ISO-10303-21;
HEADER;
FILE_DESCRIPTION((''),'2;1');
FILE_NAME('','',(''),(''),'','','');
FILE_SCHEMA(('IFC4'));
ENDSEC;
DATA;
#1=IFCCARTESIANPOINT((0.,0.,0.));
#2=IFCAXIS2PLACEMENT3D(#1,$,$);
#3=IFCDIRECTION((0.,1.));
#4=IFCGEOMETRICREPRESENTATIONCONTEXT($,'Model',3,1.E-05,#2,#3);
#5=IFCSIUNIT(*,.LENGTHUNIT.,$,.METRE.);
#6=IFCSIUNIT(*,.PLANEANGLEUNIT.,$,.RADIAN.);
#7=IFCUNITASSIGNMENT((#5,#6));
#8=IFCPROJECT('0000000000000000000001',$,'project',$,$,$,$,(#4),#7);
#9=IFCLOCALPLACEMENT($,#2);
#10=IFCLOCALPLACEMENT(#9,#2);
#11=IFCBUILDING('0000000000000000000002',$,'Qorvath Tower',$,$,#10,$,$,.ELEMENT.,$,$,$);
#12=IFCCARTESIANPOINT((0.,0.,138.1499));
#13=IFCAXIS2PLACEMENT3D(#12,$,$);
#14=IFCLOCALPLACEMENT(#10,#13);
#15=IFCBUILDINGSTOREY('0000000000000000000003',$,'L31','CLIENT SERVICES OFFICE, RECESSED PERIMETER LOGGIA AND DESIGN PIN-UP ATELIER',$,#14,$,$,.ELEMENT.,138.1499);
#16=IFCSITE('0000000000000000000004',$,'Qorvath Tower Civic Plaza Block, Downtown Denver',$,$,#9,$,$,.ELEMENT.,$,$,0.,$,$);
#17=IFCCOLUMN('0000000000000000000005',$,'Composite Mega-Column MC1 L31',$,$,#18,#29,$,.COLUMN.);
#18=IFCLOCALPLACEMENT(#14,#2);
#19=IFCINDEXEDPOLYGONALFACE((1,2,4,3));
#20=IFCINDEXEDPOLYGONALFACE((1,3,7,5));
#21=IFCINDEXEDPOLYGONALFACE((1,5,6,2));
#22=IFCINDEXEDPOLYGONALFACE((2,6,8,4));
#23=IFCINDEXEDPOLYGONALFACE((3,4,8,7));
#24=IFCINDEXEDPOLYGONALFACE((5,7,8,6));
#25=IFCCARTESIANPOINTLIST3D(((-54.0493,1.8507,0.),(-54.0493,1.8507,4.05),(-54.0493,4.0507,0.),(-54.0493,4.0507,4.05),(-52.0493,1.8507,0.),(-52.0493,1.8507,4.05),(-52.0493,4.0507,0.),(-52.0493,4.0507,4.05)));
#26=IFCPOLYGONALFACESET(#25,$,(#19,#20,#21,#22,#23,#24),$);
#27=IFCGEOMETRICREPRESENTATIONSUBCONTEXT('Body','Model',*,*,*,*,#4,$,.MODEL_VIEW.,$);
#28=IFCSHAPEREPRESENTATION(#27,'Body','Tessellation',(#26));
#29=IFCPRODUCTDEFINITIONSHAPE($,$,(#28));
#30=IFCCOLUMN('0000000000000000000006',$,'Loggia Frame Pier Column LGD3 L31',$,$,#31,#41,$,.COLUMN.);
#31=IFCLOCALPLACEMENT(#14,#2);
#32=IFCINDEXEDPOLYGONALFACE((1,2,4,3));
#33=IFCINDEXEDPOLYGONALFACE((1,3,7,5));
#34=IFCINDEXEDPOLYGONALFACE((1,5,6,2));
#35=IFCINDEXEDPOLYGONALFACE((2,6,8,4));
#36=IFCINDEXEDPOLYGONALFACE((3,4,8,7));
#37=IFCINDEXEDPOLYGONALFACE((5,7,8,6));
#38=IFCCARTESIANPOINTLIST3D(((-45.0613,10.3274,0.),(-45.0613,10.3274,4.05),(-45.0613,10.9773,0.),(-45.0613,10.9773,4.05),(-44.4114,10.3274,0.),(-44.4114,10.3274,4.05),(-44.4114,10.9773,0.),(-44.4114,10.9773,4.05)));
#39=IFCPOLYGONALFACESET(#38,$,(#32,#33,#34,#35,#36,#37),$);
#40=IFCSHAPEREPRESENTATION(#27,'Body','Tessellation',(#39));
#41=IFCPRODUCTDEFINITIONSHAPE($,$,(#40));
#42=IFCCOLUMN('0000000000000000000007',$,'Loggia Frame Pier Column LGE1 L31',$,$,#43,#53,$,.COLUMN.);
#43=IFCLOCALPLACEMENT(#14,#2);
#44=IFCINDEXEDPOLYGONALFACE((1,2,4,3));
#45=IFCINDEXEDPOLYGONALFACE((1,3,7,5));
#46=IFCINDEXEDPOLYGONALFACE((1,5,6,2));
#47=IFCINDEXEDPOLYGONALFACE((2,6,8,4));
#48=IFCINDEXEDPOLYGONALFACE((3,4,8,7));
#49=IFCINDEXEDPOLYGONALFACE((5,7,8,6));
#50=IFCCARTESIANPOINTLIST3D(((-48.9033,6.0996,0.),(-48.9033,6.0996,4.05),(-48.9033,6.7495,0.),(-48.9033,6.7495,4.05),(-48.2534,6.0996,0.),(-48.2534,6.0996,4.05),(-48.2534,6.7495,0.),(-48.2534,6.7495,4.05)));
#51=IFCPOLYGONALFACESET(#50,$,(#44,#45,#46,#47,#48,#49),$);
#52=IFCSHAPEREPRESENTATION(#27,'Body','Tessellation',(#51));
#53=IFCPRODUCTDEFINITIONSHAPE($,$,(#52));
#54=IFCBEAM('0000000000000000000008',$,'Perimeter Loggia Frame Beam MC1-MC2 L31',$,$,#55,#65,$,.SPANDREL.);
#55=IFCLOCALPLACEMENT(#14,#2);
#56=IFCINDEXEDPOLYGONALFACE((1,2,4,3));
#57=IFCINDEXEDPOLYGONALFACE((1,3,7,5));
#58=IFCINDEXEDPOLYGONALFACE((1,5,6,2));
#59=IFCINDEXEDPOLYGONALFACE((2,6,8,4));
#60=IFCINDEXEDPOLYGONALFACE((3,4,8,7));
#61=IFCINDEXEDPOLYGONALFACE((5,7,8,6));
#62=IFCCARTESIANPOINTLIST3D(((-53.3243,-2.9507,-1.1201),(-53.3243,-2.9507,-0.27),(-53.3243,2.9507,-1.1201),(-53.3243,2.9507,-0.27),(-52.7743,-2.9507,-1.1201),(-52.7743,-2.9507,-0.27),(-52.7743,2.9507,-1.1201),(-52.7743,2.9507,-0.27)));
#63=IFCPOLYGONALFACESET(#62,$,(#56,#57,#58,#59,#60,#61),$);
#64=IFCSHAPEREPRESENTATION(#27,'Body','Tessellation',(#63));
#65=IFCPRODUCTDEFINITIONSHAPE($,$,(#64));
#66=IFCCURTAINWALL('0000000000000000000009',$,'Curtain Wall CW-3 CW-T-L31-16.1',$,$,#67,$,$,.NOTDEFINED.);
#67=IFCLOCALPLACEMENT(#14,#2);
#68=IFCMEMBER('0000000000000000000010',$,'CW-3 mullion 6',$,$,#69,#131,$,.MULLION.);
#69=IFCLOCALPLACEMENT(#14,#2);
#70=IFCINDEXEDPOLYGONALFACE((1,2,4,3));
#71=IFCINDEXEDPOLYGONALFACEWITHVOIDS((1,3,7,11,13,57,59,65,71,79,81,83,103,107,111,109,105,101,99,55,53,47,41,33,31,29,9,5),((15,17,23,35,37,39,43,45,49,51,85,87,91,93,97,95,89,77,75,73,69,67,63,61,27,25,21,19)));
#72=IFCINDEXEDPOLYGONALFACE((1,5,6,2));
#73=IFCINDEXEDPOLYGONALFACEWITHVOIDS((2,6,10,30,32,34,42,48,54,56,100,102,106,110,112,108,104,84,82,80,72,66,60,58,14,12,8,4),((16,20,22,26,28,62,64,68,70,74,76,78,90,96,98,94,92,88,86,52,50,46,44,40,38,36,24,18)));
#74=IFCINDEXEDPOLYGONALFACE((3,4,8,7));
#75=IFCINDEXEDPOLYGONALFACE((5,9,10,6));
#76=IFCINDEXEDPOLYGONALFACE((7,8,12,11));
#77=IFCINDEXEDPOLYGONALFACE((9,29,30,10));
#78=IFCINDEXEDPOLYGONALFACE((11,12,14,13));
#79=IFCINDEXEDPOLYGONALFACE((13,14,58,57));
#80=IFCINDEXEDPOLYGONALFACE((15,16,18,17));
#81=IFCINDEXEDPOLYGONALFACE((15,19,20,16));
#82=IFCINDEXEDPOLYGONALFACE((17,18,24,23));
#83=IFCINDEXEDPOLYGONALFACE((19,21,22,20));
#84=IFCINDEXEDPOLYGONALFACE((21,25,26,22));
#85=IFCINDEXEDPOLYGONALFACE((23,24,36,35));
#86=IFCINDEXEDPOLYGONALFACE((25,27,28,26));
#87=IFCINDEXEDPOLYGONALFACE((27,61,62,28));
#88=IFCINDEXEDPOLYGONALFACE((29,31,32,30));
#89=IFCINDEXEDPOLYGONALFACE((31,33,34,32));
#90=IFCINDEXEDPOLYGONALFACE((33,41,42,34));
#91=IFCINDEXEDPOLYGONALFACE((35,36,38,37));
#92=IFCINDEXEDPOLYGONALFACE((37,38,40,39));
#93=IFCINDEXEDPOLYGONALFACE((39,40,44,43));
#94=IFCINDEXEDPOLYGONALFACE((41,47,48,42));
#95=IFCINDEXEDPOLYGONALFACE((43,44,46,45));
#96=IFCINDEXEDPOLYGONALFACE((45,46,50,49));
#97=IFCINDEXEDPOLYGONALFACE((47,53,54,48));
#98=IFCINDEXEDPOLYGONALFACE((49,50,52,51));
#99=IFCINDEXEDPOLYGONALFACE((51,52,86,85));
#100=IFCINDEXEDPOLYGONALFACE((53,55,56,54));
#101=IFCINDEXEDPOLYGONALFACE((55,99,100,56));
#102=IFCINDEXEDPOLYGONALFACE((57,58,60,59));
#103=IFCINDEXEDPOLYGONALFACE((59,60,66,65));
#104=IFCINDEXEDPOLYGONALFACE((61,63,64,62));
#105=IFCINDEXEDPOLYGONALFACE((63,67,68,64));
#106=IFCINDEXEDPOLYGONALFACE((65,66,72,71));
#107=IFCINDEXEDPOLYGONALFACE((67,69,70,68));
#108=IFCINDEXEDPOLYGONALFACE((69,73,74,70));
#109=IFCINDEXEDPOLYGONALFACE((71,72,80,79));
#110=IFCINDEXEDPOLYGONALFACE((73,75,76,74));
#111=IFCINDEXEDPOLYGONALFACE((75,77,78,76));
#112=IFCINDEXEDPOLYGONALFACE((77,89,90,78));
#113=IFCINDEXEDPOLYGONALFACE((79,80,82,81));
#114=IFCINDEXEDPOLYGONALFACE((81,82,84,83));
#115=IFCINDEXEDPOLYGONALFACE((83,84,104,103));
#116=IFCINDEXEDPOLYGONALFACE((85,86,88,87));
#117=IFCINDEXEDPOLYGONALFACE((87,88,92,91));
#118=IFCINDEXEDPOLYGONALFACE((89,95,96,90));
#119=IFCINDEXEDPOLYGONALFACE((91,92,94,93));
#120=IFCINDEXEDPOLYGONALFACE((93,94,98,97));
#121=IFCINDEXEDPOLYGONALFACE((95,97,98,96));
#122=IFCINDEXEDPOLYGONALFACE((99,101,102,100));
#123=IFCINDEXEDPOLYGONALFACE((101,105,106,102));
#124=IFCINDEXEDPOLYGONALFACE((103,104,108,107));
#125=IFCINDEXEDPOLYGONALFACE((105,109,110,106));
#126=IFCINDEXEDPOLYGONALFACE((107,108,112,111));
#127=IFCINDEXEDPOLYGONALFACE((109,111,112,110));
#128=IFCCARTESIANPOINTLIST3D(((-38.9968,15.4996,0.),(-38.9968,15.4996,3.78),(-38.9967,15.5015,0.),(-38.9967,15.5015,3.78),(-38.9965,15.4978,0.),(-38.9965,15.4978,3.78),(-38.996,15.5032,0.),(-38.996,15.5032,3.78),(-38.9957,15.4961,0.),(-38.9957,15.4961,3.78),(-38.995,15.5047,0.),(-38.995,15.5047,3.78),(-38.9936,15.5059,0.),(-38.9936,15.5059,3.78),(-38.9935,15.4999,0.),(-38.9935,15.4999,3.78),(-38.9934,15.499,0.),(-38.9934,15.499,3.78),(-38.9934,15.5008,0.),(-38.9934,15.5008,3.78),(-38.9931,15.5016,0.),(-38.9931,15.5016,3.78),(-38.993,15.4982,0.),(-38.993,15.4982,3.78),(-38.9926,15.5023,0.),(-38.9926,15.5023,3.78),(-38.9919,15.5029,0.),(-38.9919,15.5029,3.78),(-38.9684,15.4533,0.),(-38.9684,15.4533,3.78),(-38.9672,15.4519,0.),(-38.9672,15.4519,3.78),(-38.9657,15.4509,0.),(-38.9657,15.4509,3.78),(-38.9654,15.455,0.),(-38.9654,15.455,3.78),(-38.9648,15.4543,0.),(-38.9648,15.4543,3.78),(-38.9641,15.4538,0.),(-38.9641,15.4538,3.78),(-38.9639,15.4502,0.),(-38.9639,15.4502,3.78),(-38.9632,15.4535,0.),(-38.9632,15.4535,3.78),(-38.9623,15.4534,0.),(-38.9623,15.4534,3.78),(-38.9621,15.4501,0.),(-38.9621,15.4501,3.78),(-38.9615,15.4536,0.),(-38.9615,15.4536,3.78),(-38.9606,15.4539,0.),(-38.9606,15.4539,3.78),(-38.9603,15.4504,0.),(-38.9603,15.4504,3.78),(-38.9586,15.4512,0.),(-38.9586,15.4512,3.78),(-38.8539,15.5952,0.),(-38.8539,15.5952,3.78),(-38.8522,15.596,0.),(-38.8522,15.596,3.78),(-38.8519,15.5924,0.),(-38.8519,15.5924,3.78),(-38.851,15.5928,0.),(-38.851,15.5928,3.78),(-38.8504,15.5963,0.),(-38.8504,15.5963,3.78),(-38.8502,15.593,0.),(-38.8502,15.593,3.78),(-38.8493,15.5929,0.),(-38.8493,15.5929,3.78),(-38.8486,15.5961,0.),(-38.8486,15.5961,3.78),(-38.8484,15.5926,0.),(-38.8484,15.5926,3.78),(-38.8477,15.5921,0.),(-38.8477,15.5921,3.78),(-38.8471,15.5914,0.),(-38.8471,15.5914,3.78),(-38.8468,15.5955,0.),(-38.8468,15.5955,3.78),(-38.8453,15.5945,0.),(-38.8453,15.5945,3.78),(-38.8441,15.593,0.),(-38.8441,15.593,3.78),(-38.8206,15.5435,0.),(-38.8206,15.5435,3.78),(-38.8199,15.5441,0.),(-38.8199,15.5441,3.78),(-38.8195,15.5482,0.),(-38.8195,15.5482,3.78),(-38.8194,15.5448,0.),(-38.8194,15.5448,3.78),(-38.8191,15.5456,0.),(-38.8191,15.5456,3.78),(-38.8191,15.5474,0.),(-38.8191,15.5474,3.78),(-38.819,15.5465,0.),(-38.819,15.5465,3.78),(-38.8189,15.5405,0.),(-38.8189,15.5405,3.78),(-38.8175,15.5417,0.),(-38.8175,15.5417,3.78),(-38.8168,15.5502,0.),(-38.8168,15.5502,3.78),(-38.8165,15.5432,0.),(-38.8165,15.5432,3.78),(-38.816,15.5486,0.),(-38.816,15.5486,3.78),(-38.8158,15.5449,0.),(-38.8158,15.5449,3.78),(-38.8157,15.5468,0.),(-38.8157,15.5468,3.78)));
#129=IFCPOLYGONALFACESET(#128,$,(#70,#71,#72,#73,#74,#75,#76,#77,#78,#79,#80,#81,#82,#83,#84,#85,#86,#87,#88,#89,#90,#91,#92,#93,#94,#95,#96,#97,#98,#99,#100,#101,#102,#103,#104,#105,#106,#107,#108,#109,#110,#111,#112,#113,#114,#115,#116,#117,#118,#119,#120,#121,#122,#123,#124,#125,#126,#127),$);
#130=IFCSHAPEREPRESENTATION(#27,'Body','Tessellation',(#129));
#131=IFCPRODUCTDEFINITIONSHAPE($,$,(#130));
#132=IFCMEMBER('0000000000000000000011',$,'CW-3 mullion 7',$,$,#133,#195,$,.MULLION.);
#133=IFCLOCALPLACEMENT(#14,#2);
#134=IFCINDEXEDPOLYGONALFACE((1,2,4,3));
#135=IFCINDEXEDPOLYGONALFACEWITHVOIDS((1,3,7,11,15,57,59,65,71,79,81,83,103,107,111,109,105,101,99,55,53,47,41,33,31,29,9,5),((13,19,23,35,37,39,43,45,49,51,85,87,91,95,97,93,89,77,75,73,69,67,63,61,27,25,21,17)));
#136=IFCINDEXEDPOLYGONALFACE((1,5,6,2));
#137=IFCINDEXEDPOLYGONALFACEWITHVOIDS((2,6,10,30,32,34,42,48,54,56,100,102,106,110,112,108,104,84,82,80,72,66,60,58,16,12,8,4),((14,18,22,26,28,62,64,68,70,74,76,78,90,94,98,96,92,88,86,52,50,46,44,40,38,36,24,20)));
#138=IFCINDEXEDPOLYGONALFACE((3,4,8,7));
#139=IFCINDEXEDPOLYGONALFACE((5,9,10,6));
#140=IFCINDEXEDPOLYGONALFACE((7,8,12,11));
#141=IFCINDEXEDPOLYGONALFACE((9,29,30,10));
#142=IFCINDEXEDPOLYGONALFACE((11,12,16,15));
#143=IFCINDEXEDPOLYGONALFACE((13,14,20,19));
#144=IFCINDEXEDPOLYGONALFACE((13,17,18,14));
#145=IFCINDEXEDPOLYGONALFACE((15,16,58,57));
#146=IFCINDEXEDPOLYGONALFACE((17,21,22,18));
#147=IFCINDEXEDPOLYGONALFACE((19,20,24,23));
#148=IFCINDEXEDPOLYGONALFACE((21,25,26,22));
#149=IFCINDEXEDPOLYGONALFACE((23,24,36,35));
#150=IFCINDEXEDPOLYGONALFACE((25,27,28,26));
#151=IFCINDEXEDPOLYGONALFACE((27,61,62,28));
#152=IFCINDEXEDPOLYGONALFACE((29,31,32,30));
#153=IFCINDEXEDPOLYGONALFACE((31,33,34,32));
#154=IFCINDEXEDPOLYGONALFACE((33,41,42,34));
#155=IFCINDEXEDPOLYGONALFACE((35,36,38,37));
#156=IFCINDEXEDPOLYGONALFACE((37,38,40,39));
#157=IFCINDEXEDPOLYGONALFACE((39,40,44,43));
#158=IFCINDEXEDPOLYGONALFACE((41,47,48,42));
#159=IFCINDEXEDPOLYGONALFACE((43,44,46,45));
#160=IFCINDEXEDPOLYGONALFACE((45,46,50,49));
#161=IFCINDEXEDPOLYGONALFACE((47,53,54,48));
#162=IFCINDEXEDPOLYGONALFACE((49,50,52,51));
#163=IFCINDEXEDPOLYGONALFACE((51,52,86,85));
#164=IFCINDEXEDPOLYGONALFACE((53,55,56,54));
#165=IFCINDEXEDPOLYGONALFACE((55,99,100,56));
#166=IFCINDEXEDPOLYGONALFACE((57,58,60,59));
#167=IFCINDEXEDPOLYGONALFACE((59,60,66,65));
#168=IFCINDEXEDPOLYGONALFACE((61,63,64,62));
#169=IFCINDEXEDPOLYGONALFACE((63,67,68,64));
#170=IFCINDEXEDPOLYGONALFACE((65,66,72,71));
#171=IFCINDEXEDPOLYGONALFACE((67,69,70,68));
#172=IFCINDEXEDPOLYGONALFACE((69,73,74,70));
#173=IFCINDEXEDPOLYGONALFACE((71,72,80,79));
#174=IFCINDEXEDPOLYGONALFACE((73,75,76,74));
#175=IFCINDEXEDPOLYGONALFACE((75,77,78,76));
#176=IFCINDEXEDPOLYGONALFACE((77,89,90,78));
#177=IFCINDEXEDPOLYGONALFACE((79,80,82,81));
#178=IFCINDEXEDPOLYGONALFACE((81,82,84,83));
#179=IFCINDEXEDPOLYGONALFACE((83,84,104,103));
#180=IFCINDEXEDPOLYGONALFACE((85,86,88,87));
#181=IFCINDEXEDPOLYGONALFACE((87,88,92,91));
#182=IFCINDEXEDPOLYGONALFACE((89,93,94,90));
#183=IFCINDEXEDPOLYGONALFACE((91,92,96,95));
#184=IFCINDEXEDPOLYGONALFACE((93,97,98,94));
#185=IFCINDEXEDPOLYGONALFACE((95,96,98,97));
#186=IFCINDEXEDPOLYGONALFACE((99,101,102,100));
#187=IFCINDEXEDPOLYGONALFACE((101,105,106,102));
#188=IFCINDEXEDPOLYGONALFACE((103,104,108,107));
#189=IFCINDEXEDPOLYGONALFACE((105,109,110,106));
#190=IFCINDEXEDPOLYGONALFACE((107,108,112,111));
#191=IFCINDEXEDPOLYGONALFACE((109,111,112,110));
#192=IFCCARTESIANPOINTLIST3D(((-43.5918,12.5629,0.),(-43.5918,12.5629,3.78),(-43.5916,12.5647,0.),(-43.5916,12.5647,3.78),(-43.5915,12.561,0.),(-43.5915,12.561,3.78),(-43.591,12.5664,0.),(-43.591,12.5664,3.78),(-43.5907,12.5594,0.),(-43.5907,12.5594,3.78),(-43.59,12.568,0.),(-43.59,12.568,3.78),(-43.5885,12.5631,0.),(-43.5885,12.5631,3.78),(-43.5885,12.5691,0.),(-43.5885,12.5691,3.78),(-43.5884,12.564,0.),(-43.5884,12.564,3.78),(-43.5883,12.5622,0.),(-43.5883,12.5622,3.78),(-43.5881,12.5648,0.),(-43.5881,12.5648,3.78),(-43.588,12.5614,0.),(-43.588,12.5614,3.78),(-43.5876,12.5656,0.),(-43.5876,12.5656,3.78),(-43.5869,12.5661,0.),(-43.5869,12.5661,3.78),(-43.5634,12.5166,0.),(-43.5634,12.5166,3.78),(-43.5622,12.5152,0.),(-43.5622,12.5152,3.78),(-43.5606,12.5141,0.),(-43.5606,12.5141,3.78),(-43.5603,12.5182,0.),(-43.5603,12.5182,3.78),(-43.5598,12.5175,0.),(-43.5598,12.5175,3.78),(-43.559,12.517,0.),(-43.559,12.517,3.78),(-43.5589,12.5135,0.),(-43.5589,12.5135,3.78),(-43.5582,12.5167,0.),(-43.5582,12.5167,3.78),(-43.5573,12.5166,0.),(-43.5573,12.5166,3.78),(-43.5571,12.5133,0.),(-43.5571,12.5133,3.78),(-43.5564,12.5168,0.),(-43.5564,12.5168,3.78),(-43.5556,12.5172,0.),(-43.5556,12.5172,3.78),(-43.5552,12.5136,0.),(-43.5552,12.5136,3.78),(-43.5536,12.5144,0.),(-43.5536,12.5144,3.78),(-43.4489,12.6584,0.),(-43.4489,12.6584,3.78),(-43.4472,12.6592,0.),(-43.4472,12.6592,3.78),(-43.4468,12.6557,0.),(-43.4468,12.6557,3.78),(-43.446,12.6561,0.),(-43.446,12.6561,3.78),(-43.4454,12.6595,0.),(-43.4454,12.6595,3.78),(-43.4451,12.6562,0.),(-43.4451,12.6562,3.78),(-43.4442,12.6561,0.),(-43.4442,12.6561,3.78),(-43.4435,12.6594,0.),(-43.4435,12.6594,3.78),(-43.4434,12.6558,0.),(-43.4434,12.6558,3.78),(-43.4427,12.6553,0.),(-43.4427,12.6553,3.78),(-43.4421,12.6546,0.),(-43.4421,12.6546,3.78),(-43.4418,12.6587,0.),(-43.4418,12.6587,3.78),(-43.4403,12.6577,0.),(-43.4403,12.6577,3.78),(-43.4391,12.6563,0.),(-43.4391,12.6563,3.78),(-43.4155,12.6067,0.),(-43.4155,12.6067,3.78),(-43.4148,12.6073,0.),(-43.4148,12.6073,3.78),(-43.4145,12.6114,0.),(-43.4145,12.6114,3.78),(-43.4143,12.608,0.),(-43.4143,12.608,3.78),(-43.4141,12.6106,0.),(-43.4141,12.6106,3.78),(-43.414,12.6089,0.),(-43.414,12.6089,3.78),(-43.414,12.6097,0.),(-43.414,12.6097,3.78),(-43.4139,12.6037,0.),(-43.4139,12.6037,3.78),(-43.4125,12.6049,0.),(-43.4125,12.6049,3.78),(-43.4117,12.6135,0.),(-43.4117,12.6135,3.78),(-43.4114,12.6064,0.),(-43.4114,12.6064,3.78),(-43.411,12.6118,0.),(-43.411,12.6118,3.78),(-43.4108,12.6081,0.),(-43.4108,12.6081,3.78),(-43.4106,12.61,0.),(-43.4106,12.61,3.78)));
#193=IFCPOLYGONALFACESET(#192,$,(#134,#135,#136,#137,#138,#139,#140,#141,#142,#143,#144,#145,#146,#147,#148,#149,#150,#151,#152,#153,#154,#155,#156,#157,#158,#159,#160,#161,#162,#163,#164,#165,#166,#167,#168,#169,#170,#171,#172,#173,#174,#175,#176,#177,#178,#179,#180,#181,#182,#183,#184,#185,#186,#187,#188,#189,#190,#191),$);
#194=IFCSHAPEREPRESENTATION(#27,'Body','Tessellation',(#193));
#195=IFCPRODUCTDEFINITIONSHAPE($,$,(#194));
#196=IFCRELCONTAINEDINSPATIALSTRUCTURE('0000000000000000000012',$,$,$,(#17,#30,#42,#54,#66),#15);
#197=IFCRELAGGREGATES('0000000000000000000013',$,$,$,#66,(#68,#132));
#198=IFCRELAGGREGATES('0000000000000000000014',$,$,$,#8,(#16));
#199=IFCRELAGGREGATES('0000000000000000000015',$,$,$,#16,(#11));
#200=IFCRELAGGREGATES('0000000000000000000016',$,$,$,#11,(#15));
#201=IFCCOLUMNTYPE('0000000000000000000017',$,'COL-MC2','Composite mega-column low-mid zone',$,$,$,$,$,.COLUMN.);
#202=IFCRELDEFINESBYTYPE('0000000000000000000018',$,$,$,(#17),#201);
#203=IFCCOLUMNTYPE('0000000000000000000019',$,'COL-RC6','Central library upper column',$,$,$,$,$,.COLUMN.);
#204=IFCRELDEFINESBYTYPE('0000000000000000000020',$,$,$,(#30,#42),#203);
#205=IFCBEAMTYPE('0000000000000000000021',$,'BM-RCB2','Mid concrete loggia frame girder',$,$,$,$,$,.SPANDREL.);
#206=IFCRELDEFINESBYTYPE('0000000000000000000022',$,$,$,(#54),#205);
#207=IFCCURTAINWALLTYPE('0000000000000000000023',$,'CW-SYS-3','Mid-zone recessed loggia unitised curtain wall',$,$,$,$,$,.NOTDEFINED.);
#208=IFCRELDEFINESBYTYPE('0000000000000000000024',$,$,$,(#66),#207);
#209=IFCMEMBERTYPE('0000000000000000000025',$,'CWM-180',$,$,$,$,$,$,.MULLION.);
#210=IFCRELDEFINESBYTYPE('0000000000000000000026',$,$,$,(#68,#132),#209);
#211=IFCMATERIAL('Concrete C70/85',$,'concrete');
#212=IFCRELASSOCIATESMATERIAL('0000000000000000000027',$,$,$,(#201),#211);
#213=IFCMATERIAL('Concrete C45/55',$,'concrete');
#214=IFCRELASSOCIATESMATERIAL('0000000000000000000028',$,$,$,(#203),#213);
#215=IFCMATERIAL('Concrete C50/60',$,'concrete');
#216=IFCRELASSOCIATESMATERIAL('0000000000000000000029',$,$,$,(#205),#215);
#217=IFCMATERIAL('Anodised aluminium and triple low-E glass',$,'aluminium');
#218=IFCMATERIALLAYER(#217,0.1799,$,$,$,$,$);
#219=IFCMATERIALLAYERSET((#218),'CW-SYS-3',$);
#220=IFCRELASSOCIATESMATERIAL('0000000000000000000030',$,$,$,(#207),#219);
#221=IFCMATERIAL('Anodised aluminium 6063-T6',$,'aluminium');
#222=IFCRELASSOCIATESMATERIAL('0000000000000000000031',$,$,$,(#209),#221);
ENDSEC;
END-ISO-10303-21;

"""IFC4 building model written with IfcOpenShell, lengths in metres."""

from ifc_helpers import new_model, si_unit, direction, frame, origin, origin_2d, place, context, subcontext, project, spatial, rectangle, hollow_rectangle, extrude, material, layer, layer_set, material_profile, profile_set, type_object, element, aggregate, save


model = new_model("IFC4")

# Units and contexts
model_context = context("Model", 3, precision=1e-05, world=origin(), true_north=direction((0.0, 1.0)))
body_context = subcontext(model_context, "Body", "Model", "MODEL_VIEW")
ifc_project = project(units=[si_unit("LENGTHUNIT", "METRE"), si_unit("PLANEANGLEUNIT", "RADIAN")], contexts=[model_context])

# Site, building, storey
site_placement = place(None, origin())
site = spatial("IfcSite", under=ifc_project, at=site_placement, Name="Qorvath Tower Civic Plaza Block, Downtown Denver", CompositionType="ELEMENT", RefElevation=0.0)
building_placement = place(site_placement, origin())
building = spatial("IfcBuilding", under=site, at=building_placement, Name="Qorvath Tower", CompositionType="ELEMENT")
storey_placement = place(building_placement, frame((0.0, 0.0, 138.1499)))
storey = spatial("IfcBuildingStorey", under=building, at=storey_placement, Name="L31", Description="CLIENT SERVICES OFFICE, RECESSED PERIMETER LOGGIA AND DESIGN PIN-UP ATELIER", CompositionType="ELEMENT", Elevation=138.1499)

# Columns
ifc_material_1 = material(Name="Concrete C70/85", Category="concrete")
ifc_material_profile_1 = material_profile(ifc_material_1, rectangle(XDim=2.0, YDim=2.2, at=origin_2d()), Name="MC 2200x2000")
ifc_profile_set_1 = profile_set([ifc_material_profile_1], Name="Concrete C70/85")
column_type_1 = type_object("IfcColumnType", Name="COL-MC2", Description="Composite mega-column low-mid zone", PredefinedType="COLUMN", material=ifc_profile_set_1)
column_placement = place(storey_placement, frame((-53.0493, 2.9507, 0.0), z_axis=(0.0, 0.0, 1.0), x_axis=(1.0, 0.0, 0.0)))
element("IfcColumn", 1, at=column_placement, inside=storey, type_object=column_type_1, Name="Composite Mega-Column MC1 L31", PredefinedType="COLUMN", context=body_context, shape_type="SweptSolid", body=[
    extrude(rectangle(XDim=2.0, YDim=2.2, at=origin_2d()), origin(), (0.0, 0.0, 1.0), 4.05),
])
ifc_material_2 = material(Name="Concrete C45/55", Category="concrete")
ifc_material_profile_2 = material_profile(ifc_material_2, rectangle(XDim=0.6499, YDim=0.6499, at=origin_2d()), Name="RC 650x650")
ifc_profile_set_2 = profile_set([ifc_material_profile_2], Name="Concrete C45/55")
column_type_2 = type_object("IfcColumnType", Name="COL-RC6", Description="Central library upper column", PredefinedType="COLUMN", material=ifc_profile_set_2)
for number, where, z_axis, x_axis, name in (
    (2, (-44.7363, 10.6523, 0.0), (0.0, 0.0, 1.0), (1.0, 0.0, 0.0), "Loggia Frame Pier Column LGD3 L31"),
    (3, (-48.5784, 6.4246, 0.0), (0.0, 0.0, 1.0), (1.0, 0.0, 0.0), "Loggia Frame Pier Column LGE1 L31"),
):
    element("IfcColumn", number, at=place(storey_placement, frame(where, z_axis=z_axis, x_axis=x_axis)), inside=storey, type_object=column_type_2, Name=name, PredefinedType="COLUMN", context=body_context, shape_type="SweptSolid", body=[
        extrude(rectangle(XDim=0.6499, YDim=0.6499, at=origin_2d()), origin(), (0.0, 0.0, 1.0), 4.05),
    ])

# Beam
ifc_material_3 = material(Name="Concrete C50/60", Category="concrete")
ifc_material_profile_3 = material_profile(ifc_material_3, rectangle(XDim=0.55, YDim=0.8501, at=origin_2d()), Name="RCB 850x550")
ifc_profile_set_3 = profile_set([ifc_material_profile_3], Name="Concrete C50/60")
beam_type = type_object("IfcBeamType", Name="BM-RCB2", Description="Mid concrete loggia frame girder", PredefinedType="SPANDREL", material=ifc_profile_set_3)
beam_placement = place(storey_placement, frame((-53.0493, 2.9507, -0.6951), z_axis=(0.0, -1.0, 0.0), x_axis=(1.0, 0.0, 0.0)))
element("IfcBeam", 4, at=beam_placement, inside=storey, type_object=beam_type, Name="Perimeter Loggia Frame Beam MC1-MC2 L31", PredefinedType="SPANDREL", context=body_context, shape_type="SweptSolid", body=[
    extrude(rectangle(XDim=0.55, YDim=0.8501, at=origin_2d()), origin(), (0.0, 0.0, 1.0), 5.9014),
])

# Curtain wall, members
ifc_material_4 = material(Name="Anodised aluminium and triple low-E glass", Category="aluminium")
ifc_layer_1 = layer(ifc_material_4, 0.1799)
ifc_layer_set_1 = layer_set([ifc_layer_1], Name="CW-SYS-3")
curtain_wall_type = type_object("IfcCurtainWallType", Name="CW-SYS-3", Description="Mid-zone recessed loggia unitised curtain wall", PredefinedType="NOTDEFINED", material=ifc_layer_set_1)
curtain_wall_placement = place(storey_placement, origin())
curtain_wall = element("IfcCurtainWall", 5, at=curtain_wall_placement, inside=storey, type_object=curtain_wall_type, Name="Curtain Wall CW-3 CW-T-L31-16.1", PredefinedType="NOTDEFINED")
ifc_material_5 = material(Name="Anodised aluminium 6063-T6", Category="aluminium")
ifc_material_profile_4 = material_profile(ifc_material_5, hollow_rectangle(XDim=0.0649, YDim=0.1799, WallThickness=0.0034, InnerFilletRadius=0.0034, OuterFilletRadius=0.0071, at=origin_2d()), Name="CWM 180x65")
ifc_profile_set_4 = profile_set([ifc_material_profile_4], Name="Anodised aluminium 6063-T6")
member_type_1 = type_object("IfcMemberType", Name="CWM-180", PredefinedType="MULLION", material=ifc_profile_set_4)
member_1_placement = place(storey_placement, frame((-38.9062, 15.5232, 0.0), z_axis=(0.0, 0.0, 1.0), x_axis=(0.538534, -0.842604, 0.0)))
member_1 = element("IfcMember", 6, at=member_1_placement, type_object=member_type_1, Name="CW-3 mullion 6", PredefinedType="MULLION", context=body_context, shape_type="SweptSolid", body=[
    extrude(hollow_rectangle(XDim=0.0649, YDim=0.1799, WallThickness=0.0034, InnerFilletRadius=0.0034, OuterFilletRadius=0.0071, at=origin_2d()), origin(), (0.0, 0.0, 1.0), 3.78),
])
member_2_placement = place(storey_placement, frame((-43.5012, 12.5864, 0.0), z_axis=(0.0, 0.0, 1.0), x_axis=(0.538534, -0.842604, 0.0)))
member_2 = element("IfcMember", 7, at=member_2_placement, type_object=member_type_1, Name="CW-3 mullion 7", PredefinedType="MULLION", context=body_context, shape_type="SweptSolid", body=[
    extrude(hollow_rectangle(XDim=0.0649, YDim=0.1799, WallThickness=0.0034, InnerFilletRadius=0.0034, OuterFilletRadius=0.0071, at=origin_2d()), origin(), (0.0, 0.0, 1.0), 3.78),
])

aggregate(curtain_wall, [member_1, member_2])

save(model, "model.ifc")
